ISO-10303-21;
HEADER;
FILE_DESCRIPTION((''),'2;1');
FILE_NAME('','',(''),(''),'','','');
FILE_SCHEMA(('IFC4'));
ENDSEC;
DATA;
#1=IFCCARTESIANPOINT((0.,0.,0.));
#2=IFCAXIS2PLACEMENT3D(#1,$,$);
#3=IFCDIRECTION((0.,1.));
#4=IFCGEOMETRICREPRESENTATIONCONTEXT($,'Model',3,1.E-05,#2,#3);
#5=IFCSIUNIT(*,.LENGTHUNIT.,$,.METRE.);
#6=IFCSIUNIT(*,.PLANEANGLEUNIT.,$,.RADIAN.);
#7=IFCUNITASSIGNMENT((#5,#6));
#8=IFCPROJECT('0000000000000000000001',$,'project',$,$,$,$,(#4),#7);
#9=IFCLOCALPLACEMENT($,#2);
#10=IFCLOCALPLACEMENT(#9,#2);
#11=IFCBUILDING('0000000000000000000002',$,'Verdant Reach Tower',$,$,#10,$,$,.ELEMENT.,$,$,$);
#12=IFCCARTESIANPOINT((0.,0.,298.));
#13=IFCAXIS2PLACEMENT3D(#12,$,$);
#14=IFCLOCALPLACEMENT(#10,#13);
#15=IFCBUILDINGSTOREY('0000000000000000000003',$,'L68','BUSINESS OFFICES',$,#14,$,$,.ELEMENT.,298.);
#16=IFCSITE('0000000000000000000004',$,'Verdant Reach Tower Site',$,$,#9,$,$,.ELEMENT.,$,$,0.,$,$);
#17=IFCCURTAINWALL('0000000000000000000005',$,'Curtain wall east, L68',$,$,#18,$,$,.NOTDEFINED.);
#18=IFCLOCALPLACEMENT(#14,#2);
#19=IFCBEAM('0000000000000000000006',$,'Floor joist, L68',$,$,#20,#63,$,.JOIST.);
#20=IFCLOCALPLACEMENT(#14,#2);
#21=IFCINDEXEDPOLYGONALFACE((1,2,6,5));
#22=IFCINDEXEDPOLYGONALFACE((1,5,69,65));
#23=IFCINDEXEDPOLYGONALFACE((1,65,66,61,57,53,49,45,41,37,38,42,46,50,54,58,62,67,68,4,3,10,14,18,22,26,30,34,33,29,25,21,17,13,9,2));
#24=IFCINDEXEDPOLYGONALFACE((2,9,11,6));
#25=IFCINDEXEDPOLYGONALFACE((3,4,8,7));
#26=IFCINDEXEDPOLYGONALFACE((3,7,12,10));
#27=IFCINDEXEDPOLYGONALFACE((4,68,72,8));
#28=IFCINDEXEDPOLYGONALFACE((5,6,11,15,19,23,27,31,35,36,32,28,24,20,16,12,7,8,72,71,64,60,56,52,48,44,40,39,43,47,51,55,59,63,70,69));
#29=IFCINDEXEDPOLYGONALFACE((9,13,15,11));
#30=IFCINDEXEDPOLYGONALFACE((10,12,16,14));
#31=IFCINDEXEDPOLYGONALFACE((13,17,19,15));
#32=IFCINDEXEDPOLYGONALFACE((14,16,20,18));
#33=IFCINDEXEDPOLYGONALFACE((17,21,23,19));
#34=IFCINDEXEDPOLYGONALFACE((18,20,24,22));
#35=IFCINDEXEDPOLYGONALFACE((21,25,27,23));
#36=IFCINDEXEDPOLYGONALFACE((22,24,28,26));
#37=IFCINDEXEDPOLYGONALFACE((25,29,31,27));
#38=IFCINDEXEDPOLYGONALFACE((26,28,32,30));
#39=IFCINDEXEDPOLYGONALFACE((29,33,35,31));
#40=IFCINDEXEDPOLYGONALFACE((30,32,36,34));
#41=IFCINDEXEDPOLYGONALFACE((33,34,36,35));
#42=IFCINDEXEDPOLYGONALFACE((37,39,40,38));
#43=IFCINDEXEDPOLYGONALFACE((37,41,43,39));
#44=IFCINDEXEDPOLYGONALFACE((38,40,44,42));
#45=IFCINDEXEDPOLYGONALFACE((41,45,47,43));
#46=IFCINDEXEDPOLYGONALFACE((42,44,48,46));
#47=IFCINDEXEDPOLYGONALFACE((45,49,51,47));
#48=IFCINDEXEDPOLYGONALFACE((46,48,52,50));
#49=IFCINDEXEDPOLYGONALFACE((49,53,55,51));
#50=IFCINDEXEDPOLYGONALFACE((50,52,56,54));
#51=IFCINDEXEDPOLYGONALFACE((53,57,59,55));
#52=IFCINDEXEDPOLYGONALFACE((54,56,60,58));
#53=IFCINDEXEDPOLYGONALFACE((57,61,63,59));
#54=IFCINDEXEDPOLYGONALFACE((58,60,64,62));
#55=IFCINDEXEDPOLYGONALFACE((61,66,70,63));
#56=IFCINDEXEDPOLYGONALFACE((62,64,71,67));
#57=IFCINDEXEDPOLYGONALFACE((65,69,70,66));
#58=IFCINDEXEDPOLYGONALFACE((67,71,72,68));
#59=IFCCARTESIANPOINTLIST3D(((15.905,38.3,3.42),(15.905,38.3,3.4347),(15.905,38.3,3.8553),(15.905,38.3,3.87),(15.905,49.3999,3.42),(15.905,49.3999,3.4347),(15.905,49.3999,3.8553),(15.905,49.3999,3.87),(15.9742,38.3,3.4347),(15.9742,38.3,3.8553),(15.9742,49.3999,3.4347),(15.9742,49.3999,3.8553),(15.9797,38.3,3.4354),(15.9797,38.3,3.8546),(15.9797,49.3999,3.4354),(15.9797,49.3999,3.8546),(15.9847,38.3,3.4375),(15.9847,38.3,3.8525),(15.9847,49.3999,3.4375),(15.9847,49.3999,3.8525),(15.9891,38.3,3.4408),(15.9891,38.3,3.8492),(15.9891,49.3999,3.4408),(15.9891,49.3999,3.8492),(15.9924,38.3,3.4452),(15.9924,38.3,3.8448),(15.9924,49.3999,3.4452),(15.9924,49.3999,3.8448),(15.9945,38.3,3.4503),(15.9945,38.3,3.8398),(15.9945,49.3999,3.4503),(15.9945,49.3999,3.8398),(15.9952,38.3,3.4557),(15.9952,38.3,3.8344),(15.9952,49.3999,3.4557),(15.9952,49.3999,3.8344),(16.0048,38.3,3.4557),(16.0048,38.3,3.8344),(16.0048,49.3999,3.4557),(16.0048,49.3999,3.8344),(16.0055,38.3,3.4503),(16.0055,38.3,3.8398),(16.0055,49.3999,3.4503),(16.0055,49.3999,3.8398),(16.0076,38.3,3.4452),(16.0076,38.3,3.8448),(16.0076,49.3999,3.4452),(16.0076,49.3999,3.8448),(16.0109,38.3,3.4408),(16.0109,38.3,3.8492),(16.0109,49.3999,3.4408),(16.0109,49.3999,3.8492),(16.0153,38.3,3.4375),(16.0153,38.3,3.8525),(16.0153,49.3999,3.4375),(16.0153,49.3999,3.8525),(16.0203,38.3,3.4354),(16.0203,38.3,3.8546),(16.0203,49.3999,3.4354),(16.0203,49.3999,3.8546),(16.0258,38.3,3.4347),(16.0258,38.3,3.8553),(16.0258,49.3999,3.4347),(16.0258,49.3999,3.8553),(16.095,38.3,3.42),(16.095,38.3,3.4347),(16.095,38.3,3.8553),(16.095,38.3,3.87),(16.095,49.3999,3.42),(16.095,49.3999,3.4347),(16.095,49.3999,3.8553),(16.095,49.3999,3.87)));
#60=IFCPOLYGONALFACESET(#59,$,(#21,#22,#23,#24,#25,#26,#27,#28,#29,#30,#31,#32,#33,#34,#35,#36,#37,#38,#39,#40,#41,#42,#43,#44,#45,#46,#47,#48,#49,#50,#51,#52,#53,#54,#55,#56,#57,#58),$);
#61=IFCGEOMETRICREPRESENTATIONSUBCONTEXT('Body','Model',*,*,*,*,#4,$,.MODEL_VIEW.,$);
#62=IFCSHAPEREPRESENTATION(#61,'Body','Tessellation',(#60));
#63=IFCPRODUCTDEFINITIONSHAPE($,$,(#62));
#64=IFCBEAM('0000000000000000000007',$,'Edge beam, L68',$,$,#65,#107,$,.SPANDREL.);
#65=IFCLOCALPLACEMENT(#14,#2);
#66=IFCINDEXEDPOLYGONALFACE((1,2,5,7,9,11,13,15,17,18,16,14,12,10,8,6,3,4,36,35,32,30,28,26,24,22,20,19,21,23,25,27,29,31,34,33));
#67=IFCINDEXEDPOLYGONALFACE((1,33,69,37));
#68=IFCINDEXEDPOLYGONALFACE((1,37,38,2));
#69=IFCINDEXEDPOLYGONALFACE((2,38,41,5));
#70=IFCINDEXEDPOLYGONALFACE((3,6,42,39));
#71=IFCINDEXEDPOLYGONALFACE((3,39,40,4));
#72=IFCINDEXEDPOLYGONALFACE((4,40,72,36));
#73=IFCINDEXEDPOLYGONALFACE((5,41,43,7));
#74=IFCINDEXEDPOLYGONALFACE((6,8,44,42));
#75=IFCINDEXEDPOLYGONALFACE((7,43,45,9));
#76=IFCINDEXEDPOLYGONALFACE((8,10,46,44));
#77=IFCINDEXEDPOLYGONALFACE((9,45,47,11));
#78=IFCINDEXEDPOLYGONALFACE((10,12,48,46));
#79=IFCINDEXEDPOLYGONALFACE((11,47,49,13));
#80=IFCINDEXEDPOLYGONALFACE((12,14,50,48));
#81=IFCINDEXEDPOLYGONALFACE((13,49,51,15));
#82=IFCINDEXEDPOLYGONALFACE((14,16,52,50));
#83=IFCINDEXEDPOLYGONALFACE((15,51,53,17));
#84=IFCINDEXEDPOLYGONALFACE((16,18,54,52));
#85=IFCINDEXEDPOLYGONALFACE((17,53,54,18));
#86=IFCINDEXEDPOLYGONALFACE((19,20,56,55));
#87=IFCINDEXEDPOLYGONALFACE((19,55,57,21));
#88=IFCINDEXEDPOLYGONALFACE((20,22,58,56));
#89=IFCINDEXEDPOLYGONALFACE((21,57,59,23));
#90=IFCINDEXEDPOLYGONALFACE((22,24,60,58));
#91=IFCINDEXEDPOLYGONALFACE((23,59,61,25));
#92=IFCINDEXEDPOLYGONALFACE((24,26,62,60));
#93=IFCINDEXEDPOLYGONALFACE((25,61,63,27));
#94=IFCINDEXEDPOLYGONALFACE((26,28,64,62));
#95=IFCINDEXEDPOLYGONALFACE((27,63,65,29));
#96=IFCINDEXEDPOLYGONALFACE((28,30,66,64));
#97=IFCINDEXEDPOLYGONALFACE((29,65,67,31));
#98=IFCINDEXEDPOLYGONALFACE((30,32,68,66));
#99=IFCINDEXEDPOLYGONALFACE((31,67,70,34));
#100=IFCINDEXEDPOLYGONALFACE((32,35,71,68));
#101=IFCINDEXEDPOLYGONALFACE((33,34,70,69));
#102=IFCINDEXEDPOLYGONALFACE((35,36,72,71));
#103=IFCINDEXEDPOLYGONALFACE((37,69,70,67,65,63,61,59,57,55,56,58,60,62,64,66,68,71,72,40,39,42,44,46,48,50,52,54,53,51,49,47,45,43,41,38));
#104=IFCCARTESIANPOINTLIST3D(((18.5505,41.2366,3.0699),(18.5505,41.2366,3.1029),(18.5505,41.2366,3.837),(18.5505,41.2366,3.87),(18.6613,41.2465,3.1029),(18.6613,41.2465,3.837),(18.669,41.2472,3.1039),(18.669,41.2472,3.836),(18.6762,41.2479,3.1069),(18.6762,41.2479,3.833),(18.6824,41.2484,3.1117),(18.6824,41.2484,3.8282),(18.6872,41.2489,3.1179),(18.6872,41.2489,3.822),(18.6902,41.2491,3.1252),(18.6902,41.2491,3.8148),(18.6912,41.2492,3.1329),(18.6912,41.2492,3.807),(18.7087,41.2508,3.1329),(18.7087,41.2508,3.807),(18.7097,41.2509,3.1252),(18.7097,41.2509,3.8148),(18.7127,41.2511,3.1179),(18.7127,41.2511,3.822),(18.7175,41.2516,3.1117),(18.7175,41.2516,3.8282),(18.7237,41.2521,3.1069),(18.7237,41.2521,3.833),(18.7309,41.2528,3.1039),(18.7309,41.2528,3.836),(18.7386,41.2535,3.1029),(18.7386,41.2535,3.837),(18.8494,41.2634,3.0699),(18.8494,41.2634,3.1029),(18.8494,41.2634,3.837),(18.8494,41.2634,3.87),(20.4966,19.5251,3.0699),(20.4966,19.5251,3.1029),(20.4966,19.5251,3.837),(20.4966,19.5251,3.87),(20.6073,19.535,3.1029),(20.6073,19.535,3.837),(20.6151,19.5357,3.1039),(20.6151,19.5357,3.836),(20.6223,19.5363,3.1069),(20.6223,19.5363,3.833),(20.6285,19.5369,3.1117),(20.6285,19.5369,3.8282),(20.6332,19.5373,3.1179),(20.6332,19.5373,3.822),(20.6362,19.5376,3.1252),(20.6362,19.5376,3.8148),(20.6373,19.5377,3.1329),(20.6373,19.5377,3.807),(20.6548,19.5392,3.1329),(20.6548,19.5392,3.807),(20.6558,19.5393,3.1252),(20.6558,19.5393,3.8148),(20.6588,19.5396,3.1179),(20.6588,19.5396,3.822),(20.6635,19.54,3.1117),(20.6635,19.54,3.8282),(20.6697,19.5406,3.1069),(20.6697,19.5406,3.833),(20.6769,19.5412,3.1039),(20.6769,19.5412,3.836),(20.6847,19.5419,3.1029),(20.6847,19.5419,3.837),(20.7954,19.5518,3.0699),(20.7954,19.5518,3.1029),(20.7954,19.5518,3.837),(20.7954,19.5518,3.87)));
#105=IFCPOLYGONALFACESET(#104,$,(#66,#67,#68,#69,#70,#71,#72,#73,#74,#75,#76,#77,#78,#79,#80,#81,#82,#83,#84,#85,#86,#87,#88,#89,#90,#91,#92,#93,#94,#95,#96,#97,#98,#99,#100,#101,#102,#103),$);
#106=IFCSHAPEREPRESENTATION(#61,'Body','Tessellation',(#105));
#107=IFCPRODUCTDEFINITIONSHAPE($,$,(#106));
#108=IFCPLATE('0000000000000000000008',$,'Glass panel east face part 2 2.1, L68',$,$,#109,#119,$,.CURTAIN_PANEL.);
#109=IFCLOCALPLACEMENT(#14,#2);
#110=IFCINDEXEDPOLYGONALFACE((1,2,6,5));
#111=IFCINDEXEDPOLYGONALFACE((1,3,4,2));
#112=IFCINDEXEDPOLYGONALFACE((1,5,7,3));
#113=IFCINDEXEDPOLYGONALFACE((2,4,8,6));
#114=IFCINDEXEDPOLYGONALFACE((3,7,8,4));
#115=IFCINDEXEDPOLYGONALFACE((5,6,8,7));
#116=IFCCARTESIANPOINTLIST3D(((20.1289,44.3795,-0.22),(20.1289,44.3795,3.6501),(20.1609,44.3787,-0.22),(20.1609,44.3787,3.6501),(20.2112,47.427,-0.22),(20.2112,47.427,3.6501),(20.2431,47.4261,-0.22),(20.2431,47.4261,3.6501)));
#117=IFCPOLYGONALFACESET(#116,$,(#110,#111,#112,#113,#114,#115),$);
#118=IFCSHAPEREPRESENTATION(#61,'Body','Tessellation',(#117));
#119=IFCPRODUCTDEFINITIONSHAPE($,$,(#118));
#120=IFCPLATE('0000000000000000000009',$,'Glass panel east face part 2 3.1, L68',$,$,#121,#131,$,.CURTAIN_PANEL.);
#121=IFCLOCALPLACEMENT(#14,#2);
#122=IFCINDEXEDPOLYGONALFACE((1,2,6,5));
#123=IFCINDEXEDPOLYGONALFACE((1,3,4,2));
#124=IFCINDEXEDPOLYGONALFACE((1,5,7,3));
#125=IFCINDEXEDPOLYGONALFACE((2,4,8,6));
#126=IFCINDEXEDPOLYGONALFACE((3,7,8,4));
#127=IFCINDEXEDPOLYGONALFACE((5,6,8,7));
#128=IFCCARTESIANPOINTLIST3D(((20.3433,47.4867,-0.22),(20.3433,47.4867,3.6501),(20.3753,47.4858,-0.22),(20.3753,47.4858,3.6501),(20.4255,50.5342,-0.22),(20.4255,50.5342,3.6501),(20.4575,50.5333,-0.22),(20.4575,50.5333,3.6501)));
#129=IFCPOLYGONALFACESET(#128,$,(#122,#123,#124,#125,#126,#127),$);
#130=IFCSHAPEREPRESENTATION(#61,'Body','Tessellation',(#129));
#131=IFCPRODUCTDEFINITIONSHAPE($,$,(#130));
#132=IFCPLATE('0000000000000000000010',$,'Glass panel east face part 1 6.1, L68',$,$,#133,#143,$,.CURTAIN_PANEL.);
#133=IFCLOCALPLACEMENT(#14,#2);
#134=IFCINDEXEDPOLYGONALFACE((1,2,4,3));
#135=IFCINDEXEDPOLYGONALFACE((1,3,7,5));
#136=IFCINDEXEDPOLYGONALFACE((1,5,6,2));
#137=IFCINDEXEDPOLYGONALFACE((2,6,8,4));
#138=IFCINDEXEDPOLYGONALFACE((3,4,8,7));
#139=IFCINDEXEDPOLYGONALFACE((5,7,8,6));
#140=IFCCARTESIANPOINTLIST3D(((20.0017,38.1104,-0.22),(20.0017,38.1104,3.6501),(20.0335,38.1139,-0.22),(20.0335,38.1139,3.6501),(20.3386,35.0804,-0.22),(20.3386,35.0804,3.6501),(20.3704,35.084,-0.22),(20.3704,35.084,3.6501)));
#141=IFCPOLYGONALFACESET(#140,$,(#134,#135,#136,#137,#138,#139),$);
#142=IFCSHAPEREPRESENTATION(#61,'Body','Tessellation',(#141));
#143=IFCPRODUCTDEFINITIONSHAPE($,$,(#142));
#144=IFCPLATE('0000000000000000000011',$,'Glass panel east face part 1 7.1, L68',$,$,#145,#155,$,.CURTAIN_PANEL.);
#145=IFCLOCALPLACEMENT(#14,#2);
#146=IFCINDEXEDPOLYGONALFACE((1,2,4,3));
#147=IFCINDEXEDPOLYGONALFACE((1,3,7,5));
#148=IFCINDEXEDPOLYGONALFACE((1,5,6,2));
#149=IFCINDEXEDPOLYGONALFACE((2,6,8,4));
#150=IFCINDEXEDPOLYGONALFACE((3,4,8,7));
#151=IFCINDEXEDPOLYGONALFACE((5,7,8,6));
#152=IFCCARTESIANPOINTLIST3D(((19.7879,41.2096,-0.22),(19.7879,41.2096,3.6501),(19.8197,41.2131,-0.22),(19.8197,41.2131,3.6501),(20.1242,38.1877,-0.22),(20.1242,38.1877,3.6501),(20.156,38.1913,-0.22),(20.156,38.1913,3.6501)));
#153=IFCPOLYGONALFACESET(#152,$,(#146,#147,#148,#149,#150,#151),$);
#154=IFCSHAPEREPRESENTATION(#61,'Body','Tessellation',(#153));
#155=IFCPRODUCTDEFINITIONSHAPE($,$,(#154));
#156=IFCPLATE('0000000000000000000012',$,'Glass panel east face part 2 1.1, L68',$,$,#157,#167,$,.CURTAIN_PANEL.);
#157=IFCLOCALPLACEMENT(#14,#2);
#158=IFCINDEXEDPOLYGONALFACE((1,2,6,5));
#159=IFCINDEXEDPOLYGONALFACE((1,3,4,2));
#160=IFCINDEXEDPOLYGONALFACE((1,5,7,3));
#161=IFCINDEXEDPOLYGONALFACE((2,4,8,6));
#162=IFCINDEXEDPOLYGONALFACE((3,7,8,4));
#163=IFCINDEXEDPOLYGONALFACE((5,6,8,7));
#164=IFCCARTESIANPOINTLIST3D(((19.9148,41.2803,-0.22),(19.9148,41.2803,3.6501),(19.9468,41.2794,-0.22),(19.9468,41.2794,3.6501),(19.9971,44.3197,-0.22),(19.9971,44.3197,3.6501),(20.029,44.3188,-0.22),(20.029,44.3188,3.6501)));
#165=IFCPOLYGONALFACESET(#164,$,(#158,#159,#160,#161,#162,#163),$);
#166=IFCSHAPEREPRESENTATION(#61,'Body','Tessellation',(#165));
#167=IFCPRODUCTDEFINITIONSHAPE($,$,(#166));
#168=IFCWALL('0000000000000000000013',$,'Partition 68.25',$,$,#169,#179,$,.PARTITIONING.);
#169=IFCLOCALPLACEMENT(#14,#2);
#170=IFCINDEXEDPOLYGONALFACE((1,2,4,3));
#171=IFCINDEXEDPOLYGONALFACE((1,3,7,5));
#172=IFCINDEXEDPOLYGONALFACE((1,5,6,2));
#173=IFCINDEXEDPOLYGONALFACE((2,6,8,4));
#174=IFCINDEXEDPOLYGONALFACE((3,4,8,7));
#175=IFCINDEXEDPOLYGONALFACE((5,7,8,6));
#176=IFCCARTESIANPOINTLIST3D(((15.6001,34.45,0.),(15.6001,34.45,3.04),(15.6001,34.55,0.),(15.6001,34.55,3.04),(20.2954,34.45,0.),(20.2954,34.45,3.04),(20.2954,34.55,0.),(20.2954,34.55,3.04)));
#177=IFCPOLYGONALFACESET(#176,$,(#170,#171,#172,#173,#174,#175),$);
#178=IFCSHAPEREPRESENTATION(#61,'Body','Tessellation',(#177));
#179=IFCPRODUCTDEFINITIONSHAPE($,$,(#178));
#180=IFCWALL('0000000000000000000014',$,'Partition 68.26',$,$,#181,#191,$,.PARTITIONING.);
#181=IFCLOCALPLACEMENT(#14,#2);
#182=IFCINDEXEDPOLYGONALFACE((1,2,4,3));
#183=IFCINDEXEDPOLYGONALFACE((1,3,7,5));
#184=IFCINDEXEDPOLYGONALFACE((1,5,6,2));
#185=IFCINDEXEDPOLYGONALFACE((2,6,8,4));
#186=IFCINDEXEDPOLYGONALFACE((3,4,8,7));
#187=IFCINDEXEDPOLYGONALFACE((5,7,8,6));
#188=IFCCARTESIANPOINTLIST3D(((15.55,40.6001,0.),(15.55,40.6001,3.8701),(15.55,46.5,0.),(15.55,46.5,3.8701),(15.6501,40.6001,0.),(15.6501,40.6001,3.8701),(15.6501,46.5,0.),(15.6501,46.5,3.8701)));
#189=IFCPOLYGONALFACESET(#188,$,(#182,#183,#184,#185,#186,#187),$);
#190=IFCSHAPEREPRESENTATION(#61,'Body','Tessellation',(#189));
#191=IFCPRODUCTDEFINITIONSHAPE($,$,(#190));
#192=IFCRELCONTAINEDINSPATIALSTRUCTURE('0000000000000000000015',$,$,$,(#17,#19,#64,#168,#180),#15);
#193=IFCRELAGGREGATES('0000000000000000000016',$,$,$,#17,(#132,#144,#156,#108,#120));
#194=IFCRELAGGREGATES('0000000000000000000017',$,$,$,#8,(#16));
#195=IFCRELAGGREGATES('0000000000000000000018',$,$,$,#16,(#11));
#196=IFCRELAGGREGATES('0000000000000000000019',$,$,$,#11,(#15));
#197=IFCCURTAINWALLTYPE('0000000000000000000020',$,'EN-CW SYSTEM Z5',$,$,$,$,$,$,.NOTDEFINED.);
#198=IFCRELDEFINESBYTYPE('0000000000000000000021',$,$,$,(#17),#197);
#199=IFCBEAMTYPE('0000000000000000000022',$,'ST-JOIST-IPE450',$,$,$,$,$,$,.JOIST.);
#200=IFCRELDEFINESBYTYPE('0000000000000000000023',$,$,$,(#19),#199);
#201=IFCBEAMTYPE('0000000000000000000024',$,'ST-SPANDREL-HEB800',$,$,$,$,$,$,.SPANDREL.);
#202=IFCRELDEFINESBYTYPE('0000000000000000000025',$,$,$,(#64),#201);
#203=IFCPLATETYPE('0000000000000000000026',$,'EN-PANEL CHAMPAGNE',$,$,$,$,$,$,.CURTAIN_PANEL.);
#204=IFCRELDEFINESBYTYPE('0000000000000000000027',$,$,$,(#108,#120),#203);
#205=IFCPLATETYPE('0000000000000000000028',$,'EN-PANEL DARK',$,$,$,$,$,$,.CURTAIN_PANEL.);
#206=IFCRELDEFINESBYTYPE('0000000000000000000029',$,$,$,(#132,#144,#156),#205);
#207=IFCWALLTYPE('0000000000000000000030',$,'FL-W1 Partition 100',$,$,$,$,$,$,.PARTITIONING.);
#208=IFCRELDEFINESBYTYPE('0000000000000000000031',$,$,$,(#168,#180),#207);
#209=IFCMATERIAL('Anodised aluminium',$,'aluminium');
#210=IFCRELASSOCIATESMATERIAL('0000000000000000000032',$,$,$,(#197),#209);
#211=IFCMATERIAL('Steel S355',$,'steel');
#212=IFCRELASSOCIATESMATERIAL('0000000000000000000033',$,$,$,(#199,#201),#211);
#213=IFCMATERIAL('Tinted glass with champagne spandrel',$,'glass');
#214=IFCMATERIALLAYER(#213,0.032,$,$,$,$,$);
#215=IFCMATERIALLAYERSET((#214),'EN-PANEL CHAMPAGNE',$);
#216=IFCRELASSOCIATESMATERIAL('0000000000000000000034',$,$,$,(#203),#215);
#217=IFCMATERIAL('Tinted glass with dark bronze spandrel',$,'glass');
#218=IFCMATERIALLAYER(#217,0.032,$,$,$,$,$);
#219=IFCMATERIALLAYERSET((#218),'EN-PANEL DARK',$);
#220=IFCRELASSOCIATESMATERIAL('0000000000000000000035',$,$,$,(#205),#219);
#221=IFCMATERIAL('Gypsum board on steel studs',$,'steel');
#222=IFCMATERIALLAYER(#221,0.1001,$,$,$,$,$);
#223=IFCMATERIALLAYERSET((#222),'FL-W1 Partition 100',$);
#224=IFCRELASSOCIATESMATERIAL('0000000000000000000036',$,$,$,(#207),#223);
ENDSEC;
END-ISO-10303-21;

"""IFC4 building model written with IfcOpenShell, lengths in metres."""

from ifc_helpers import new_model, si_unit, direction, frame, frame_2d, origin, origin_2d, place, context, subcontext, project, spatial, rectangle, i_section, extrude, material, layer, layer_set, material_profile, profile_set, type_object, element, aggregate, save


model = new_model("IFC4")

# Units and contexts
model_context = context("Model", 3, precision=1e-05, world=origin(), true_north=direction((0.0, 1.0)))
body_context = subcontext(model_context, "Body", "Model", "MODEL_VIEW")
ifc_project = project(units=[si_unit("LENGTHUNIT", "METRE"), si_unit("PLANEANGLEUNIT", "RADIAN")], contexts=[model_context])

# Site, building, storey
site_placement = place(None, origin())
site = spatial("IfcSite", under=ifc_project, at=site_placement, Name="Verdant Reach Tower Site", CompositionType="ELEMENT", RefElevation=0.0)
building_placement = place(site_placement, origin())
building = spatial("IfcBuilding", under=site, at=building_placement, Name="Verdant Reach Tower", CompositionType="ELEMENT")
storey_placement = place(building_placement, frame((0.0, 0.0, 298.0)))
storey = spatial("IfcBuildingStorey", under=building, at=storey_placement, Name="L68", Description="BUSINESS OFFICES", CompositionType="ELEMENT", Elevation=298.0)

# Curtain wall
ifc_material_1 = material(Name="Anodised aluminium", Category="aluminium")
curtain_wall_type = type_object("IfcCurtainWallType", Name="EN-CW SYSTEM Z5", PredefinedType="NOTDEFINED", material=ifc_material_1)
curtain_wall_placement = place(storey_placement, origin())
curtain_wall = element("IfcCurtainWall", 1, at=curtain_wall_placement, inside=storey, type_object=curtain_wall_type, Name="Curtain wall east, L68", PredefinedType="NOTDEFINED")

# Beams
ifc_material_2 = material(Name="Steel S355", Category="steel")
ifc_material_profile_1 = material_profile(ifc_material_2, i_section(OverallWidth=0.1899, OverallDepth=0.45, WebThickness=0.0095, FlangeThickness=0.0146, FilletRadius=0.021, at=origin_2d()), Name="IPE 450")
ifc_profile_set_1 = profile_set([ifc_material_profile_1], Name="Steel S355")
beam_type_1 = type_object("IfcBeamType", Name="ST-JOIST-IPE450", PredefinedType="JOIST", material=ifc_profile_set_1)
beam_1_placement = place(storey_placement, frame((16.0, 38.3, 3.645), z_axis=(0.0, 1.0, 0.0), x_axis=(-1.0, 0.0, 0.0)))
element("IfcBeam", 2, at=beam_1_placement, inside=storey, type_object=beam_type_1, Name="Floor joist, L68", PredefinedType="JOIST", context=body_context, shape_type="SweptSolid", body=[
    extrude(i_section(OverallWidth=0.1899, OverallDepth=0.45, WebThickness=0.0095, FlangeThickness=0.0146, FilletRadius=0.021, at=origin_2d()), origin(), (0.0, 0.0, 1.0), 11.0999),
])
ifc_material_profile_2 = material_profile(ifc_material_2, i_section(OverallWidth=0.3, OverallDepth=0.8, WebThickness=0.0176, FlangeThickness=0.033, FilletRadius=0.03, at=origin_2d()), Name="HEB 800")
ifc_profile_set_2 = profile_set([ifc_material_profile_2], Name="Steel S355")
beam_type_2 = type_object("IfcBeamType", Name="ST-SPANDREL-HEB800", PredefinedType="SPANDREL", material=ifc_profile_set_2)
beam_2_placement = place(storey_placement, frame((18.7, 41.25, 3.47), z_axis=(0.089274, -0.996007, 0.0), x_axis=(0.996007, 0.089274, 0.0)))
element("IfcBeam", 3, at=beam_2_placement, inside=storey, type_object=beam_type_2, Name="Edge beam, L68", PredefinedType="SPANDREL", context=body_context, shape_type="SweptSolid", body=[
    extrude(i_section(OverallWidth=0.3, OverallDepth=0.8, WebThickness=0.0176, FlangeThickness=0.033, FilletRadius=0.03, at=origin_2d()), origin(), (0.0, 0.0, 1.0), 21.7986),
])

# Plates
ifc_material_3 = material(Name="Tinted glass with champagne spandrel", Category="glass")
ifc_layer_1 = layer(ifc_material_3, 0.032)
ifc_layer_set_1 = layer_set([ifc_layer_1], Name="EN-PANEL CHAMPAGNE")
plate_type_1 = type_object("IfcPlateType", Name="EN-PANEL CHAMPAGNE", PredefinedType="CURTAIN_PANEL", material=ifc_layer_set_1)
plate_1_placement = place(storey_placement, frame((20.186, 45.9028, -0.22), z_axis=(0.0, 0.0, 1.0), x_axis=(0.026965, 0.999636, 0.0)))
plate_1 = element("IfcPlate", 4, at=plate_1_placement, type_object=plate_type_1, Name="Glass panel east face part 2 2.1, L68", PredefinedType="CURTAIN_PANEL", context=body_context, shape_type="SweptSolid", body=[
    extrude(rectangle(XDim=3.0486, YDim=0.032, at=origin_2d()), origin(), (0.0, 0.0, 1.0), 3.8701),
])
plate_2_placement = place(storey_placement, frame((20.4004, 49.01, -0.22), z_axis=(0.0, 0.0, 1.0), x_axis=(0.026965, 0.999636, 0.0)))
plate_2 = element("IfcPlate", 5, at=plate_2_placement, type_object=plate_type_1, Name="Glass panel east face part 2 3.1, L68", PredefinedType="CURTAIN_PANEL", context=body_context, shape_type="SweptSolid", body=[
    extrude(rectangle(XDim=3.0486, YDim=0.032, at=origin_2d()), origin(), (0.0, 0.0, 1.0), 3.8701),
])
ifc_material_4 = material(Name="Tinted glass with dark bronze spandrel", Category="glass")
ifc_layer_2 = layer(ifc_material_4, 0.032)
ifc_layer_set_2 = layer_set([ifc_layer_2], Name="EN-PANEL DARK")
plate_type_2 = type_object("IfcPlateType", Name="EN-PANEL DARK", PredefinedType="CURTAIN_PANEL", material=ifc_layer_set_2)
plate_3_placement = place(storey_placement, frame((20.186, 36.5972, -0.22), z_axis=(0.0, 0.0, 1.0), x_axis=(-0.110518, 0.993874, 0.0)))
plate_3 = element("IfcPlate", 6, at=plate_3_placement, type_object=plate_type_2, Name="Glass panel east face part 1 6.1, L68", PredefinedType="CURTAIN_PANEL", context=body_context, shape_type="SweptSolid", body=[
    extrude(rectangle(XDim=3.0486, YDim=0.032, at=origin_2d()), origin(), (0.0, 0.0, 1.0), 3.8701),
])
plate_4_placement = place(storey_placement, frame((19.9719, 39.7004, -0.22), z_axis=(0.0, 0.0, 1.0), x_axis=(-0.110605, 0.993864, 0.0)))
plate_4 = element("IfcPlate", 7, at=plate_4_placement, type_object=plate_type_2, Name="Glass panel east face part 1 7.1, L68", PredefinedType="CURTAIN_PANEL", context=body_context, shape_type="SweptSolid", body=[
    extrude(rectangle(XDim=3.0405, YDim=0.032, at=origin_2d()), origin(), (0.0, 0.0, 1.0), 3.8701),
])
plate_5_placement = place(storey_placement, frame((19.9719, 42.7996, -0.22), z_axis=(0.0, 0.0, 1.0), x_axis=(0.027053, 0.999634, 0.0)))
plate_5 = element("IfcPlate", 8, at=plate_5_placement, type_object=plate_type_2, Name="Glass panel east face part 2 1.1, L68", PredefinedType="CURTAIN_PANEL", context=body_context, shape_type="SweptSolid", body=[
    extrude(rectangle(XDim=3.0405, YDim=0.032, at=origin_2d()), origin(), (0.0, 0.0, 1.0), 3.8701),
])
aggregate(curtain_wall, [plate_3, plate_4, plate_5, plate_1, plate_2])

# Walls
ifc_material_5 = material(Name="Gypsum board on steel studs", Category="steel")
ifc_layer_3 = layer(ifc_material_5, 0.1001)
ifc_layer_set_3 = layer_set([ifc_layer_3], Name="FL-W1 Partition 100")
wall_type_1 = type_object("IfcWallType", Name="FL-W1 Partition 100", PredefinedType="PARTITIONING", material=ifc_layer_set_3)
wall_1_placement = place(storey_placement, frame((20.2954, 34.5, 0.0), z_axis=(0.0, 0.0, 1.0), x_axis=(-1.0, 0.0, 0.0)))
element("IfcWall", 9, at=wall_1_placement, inside=storey, type_object=wall_type_1, Name="Partition 68.25", PredefinedType="PARTITIONING", context=body_context, shape_type="SweptSolid", body=[
    extrude(rectangle(XDim=4.6953, YDim=0.1001, at=frame_2d((2.3477, 0.0))), origin(), (0.0, 0.0, 1.0), 3.04),
])
wall_2_placement = place(storey_placement, frame((15.6001, 46.5, 0.0), z_axis=(0.0, 0.0, 1.0), x_axis=(0.0, -1.0, 0.0)))
element("IfcWall", 10, at=wall_2_placement, inside=storey, type_object=wall_type_1, Name="Partition 68.26", PredefinedType="PARTITIONING", context=body_context, shape_type="SweptSolid", body=[
    extrude(rectangle(XDim=5.8999, YDim=0.1001, at=frame_2d((2.95, 0.0))), origin(), (0.0, 0.0, 1.0), 3.8701),
])

save(model, "model.ifc")
